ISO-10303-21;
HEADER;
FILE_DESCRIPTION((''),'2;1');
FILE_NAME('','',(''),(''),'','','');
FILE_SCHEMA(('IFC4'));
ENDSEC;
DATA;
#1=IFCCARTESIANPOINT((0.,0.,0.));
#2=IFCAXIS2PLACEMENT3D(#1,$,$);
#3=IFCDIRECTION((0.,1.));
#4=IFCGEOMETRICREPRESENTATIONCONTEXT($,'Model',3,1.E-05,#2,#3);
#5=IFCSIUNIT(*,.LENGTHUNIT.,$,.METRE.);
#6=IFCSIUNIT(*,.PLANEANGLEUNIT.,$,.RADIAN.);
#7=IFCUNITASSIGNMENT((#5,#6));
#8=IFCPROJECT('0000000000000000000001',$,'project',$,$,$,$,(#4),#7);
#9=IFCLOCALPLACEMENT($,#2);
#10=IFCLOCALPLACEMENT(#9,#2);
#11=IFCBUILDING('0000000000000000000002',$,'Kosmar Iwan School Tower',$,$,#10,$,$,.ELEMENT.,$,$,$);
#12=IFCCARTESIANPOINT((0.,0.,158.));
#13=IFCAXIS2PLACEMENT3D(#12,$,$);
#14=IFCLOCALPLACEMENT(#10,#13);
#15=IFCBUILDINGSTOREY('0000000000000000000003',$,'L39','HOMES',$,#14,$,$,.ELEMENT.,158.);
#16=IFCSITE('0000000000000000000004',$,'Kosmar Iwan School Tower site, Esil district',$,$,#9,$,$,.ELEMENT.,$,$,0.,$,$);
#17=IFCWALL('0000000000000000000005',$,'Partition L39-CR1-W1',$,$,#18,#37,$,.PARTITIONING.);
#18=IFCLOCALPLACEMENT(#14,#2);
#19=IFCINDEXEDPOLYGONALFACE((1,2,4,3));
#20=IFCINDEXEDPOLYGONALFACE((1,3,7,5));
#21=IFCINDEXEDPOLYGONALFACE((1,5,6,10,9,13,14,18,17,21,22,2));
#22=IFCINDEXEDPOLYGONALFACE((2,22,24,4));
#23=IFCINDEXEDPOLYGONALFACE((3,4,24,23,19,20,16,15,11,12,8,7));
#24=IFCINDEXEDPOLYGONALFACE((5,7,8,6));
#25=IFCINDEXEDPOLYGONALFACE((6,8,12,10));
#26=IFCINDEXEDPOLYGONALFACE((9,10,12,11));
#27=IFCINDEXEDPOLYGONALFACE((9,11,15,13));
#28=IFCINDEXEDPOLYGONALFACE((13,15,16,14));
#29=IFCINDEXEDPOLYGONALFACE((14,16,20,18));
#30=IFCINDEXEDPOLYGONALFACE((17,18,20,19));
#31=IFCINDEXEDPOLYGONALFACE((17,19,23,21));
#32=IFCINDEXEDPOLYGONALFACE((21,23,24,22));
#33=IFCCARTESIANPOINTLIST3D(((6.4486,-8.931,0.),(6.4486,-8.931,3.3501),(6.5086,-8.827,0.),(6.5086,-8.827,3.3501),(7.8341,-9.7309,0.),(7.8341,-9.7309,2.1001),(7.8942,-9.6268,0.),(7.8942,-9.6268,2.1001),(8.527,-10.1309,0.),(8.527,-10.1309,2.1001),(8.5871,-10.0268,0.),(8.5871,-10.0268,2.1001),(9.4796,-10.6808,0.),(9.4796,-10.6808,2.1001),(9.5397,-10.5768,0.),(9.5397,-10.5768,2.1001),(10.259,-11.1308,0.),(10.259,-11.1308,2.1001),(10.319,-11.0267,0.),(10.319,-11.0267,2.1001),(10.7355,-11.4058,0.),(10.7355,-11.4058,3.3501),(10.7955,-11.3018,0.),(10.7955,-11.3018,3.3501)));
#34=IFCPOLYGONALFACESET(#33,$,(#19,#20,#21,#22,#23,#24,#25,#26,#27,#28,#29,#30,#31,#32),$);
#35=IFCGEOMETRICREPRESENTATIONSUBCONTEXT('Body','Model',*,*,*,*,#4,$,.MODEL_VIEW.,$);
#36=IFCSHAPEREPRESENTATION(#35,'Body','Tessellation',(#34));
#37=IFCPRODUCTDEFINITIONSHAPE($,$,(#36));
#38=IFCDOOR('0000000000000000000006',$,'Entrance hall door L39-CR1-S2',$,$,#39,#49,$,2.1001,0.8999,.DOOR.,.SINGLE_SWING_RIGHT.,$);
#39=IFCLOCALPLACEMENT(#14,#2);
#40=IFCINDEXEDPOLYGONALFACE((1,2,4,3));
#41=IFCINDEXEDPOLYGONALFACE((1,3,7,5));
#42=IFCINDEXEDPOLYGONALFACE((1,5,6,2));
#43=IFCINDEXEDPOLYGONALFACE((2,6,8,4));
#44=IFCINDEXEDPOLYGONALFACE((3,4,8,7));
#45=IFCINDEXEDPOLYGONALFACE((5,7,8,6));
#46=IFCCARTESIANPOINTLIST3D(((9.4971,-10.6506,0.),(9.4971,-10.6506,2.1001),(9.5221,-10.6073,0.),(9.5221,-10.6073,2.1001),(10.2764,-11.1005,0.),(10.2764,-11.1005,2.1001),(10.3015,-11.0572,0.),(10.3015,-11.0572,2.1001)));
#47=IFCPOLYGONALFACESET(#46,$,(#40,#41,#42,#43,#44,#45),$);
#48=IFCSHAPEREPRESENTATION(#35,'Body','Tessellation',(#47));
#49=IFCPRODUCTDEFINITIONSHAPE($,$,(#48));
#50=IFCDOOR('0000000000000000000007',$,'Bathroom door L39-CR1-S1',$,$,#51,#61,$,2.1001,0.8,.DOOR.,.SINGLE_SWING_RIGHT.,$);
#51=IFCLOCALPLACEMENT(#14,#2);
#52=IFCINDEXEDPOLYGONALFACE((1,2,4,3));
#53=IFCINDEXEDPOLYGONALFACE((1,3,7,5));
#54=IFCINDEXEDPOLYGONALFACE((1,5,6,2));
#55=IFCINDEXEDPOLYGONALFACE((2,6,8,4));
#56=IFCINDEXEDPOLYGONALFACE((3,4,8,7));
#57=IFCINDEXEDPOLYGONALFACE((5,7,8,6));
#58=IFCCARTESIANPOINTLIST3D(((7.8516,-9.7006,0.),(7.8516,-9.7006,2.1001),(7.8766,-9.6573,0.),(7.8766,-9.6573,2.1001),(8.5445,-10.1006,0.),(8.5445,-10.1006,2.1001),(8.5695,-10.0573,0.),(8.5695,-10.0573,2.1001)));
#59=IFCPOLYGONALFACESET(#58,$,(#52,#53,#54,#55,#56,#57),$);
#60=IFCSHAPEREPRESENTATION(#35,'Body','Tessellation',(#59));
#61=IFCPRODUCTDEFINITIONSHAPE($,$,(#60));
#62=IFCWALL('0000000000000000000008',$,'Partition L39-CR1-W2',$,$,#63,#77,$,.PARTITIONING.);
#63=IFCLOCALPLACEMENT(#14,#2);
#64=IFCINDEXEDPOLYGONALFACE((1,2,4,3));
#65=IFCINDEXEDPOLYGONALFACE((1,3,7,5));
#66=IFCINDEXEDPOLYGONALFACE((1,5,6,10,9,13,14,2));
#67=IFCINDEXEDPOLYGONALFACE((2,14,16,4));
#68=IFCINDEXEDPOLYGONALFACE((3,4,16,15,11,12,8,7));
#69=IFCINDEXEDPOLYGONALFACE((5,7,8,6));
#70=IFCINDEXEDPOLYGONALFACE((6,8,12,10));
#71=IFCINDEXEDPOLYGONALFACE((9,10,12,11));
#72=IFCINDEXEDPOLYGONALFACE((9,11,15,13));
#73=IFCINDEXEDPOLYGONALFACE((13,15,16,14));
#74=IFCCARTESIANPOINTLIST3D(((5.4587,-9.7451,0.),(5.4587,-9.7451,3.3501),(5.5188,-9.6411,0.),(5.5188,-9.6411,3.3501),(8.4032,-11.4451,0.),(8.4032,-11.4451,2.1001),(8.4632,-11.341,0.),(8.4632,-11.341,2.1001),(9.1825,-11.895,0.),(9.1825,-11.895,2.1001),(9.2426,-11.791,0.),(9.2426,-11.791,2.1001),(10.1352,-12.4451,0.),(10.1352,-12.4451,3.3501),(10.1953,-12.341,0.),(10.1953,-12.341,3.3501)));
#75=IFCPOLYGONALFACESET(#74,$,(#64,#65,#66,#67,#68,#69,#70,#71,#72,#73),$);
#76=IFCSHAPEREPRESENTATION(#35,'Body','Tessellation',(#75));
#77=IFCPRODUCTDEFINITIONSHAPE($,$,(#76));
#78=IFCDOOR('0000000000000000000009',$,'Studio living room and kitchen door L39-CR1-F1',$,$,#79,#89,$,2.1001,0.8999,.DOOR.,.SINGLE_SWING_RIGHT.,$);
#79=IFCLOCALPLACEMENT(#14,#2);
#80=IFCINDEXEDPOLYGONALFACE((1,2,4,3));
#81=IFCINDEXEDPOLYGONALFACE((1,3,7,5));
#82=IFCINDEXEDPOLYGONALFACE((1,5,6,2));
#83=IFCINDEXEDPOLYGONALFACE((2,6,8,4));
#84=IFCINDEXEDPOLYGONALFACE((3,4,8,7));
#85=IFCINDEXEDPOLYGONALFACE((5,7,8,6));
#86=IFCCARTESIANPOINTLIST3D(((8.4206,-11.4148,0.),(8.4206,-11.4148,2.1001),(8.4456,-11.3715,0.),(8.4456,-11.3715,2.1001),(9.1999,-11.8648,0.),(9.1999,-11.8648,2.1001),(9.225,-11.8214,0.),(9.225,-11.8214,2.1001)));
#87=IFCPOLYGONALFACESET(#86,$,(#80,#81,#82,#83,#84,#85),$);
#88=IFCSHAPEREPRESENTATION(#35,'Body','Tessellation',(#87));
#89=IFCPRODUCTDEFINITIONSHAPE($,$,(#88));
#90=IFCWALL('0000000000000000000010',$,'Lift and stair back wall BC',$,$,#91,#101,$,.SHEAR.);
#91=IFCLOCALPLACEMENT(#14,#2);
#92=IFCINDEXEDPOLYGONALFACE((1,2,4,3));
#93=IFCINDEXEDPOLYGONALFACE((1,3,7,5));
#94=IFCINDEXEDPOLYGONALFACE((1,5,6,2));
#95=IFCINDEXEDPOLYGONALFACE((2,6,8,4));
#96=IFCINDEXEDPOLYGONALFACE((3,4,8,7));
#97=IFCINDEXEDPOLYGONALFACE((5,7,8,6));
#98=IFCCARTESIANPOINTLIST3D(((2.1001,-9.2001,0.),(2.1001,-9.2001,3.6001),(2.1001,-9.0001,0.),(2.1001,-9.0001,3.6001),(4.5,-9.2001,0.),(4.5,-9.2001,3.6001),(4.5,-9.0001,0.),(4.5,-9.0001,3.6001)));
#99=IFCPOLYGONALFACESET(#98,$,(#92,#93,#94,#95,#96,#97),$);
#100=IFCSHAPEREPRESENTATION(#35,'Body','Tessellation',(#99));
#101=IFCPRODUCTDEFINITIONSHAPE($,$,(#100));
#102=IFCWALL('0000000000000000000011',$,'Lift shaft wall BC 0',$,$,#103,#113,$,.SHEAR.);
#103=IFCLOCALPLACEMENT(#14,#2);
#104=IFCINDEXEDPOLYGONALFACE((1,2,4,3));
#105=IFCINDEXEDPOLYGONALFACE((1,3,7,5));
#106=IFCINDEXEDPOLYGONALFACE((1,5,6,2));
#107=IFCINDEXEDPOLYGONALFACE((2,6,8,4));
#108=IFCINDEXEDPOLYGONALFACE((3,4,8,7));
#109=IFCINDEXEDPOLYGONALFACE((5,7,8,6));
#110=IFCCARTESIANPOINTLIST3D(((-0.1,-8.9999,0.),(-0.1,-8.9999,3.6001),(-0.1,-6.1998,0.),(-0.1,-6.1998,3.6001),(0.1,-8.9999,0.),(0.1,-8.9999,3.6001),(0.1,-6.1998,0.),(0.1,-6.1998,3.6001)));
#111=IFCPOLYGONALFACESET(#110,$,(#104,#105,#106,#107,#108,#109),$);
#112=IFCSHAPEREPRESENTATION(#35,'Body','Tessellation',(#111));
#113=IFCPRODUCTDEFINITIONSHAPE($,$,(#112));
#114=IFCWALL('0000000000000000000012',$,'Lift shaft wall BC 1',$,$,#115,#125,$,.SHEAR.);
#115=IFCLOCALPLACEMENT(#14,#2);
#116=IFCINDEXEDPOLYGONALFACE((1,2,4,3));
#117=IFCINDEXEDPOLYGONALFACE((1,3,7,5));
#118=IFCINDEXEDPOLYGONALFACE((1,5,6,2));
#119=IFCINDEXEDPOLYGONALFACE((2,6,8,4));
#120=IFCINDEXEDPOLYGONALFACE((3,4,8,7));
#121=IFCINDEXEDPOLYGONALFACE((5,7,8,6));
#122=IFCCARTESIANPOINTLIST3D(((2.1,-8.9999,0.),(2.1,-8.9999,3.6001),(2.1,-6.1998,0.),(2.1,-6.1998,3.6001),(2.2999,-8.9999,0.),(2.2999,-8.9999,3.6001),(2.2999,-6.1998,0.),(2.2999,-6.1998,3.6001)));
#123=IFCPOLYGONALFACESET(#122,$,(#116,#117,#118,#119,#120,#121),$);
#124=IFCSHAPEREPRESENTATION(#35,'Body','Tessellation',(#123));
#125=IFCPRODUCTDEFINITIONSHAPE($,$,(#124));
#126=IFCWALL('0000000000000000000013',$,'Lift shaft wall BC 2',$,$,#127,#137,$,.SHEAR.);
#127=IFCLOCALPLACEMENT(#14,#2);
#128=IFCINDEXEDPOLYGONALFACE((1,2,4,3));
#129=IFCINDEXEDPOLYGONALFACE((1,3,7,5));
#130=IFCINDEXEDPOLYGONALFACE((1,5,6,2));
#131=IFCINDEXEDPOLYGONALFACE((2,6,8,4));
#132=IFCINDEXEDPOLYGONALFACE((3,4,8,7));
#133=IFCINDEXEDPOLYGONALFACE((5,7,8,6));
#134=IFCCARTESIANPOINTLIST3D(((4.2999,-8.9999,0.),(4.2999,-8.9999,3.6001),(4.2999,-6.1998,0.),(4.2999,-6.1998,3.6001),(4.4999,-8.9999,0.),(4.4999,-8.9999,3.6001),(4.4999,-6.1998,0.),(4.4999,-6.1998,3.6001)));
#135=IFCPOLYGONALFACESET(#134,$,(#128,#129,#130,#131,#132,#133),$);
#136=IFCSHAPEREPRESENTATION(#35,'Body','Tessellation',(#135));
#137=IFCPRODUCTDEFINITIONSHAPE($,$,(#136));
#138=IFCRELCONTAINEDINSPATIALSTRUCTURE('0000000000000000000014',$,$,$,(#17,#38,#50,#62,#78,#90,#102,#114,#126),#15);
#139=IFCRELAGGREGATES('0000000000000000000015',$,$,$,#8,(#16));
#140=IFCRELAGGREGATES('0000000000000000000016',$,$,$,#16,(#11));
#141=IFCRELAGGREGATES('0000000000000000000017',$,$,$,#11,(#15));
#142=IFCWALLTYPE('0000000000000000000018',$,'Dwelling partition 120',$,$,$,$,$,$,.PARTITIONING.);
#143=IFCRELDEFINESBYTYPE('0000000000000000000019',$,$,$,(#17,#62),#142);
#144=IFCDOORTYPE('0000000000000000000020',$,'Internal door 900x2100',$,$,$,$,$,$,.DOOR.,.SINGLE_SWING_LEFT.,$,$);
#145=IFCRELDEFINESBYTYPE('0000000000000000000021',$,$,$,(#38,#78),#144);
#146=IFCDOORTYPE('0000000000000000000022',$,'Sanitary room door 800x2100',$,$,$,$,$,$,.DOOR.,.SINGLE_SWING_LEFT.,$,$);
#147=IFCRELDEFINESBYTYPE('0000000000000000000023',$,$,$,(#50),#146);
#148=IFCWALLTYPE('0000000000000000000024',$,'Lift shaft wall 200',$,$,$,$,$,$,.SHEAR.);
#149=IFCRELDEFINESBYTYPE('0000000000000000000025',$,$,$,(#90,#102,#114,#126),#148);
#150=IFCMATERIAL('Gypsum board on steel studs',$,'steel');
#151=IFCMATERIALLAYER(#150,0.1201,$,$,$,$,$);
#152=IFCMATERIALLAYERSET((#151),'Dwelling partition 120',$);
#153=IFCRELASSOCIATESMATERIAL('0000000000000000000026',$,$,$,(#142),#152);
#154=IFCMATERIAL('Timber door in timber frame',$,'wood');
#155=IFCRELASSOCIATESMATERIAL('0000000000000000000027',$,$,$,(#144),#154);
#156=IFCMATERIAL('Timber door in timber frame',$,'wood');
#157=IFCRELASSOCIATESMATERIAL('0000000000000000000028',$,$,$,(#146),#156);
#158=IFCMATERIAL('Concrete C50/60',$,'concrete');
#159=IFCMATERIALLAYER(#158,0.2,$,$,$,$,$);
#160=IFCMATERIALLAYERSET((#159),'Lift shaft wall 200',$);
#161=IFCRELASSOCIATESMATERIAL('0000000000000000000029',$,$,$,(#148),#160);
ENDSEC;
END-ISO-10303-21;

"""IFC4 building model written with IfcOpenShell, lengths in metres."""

from ifc_helpers import new_model, si_unit, direction, frame, frame_2d, origin, place, context, subcontext, project, spatial, rectangle, extrude, material, layer, layer_set, type_object, element, fill, save


model = new_model("IFC4")

# Units and contexts
model_context = context("Model", 3, precision=1e-05, world=origin(), true_north=direction((0.0, 1.0)))
body_context = subcontext(model_context, "Body", "Model", "MODEL_VIEW")
ifc_project = project(units=[si_unit("LENGTHUNIT", "METRE"), si_unit("PLANEANGLEUNIT", "RADIAN")], contexts=[model_context])

# Site, building, storey
site_placement = place(None, origin())
site = spatial("IfcSite", under=ifc_project, at=site_placement, Name="Kosmar Iwan School Tower site, Esil district", CompositionType="ELEMENT", RefElevation=0.0)
building_placement = place(site_placement, origin())
building = spatial("IfcBuilding", under=site, at=building_placement, Name="Kosmar Iwan School Tower", CompositionType="ELEMENT")
storey_placement = place(building_placement, frame((0.0, 0.0, 158.0)))
storey = spatial("IfcBuildingStorey", under=building, at=storey_placement, Name="L39", Description="HOMES", CompositionType="ELEMENT", Elevation=158.0)

# Wall, openings, doors
ifc_material_1 = material(Name="Gypsum board on steel studs", Category="steel")
ifc_layer_1 = layer(ifc_material_1, 0.1201)
ifc_layer_set_1 = layer_set([ifc_layer_1], Name="Dwelling partition 120")
wall_type_1 = type_object("IfcWallType", Name="Dwelling partition 120", PredefinedType="PARTITIONING", material=ifc_layer_set_1)
wall_1_placement = place(storey_placement, frame((6.4785, -8.8789, 0.0), z_axis=(0.0, 0.0, 1.0), x_axis=(0.86604, -0.499974, 0.0)))
wall_1 = element("IfcWall", 1, at=wall_1_placement, inside=storey, type_object=wall_type_1, Name="Partition L39-CR1-W1", PredefinedType="PARTITIONING", context=body_context, shape_type="SweptSolid", body=[
    extrude(rectangle(XDim=4.95, YDim=0.1201, at=frame_2d((2.4751, 0.0))), origin(), (0.0, 0.0, 1.0), 3.3501),
])
opening_1_placement = place(wall_1_placement, frame((1.6001, 0.0, 0.0)))
opening_1 = element("IfcOpeningElement", 2, at=opening_1_placement, cuts=wall_1, PredefinedType="OPENING", context=body_context, shape_type="SweptSolid", body=[
    extrude(rectangle(XDim=0.8, YDim=2.1001, at=frame_2d((0.3999, 1.05))), frame((0.0, 0.072, 0.0), z_axis=(0.0, -1.0, 0.0), x_axis=(1.0, 0.0, 0.0)), (0.0, 0.0, 1.0), 0.144),
])
opening_2_placement = place(wall_1_placement, frame((3.5, 0.0, 0.0)))
opening_2 = element("IfcOpeningElement", 3, at=opening_2_placement, cuts=wall_1, PredefinedType="OPENING", context=body_context, shape_type="SweptSolid", body=[
    extrude(rectangle(XDim=0.8999, YDim=2.1001, at=frame_2d((0.45, 1.05))), frame((0.0, 0.072, 0.0), z_axis=(0.0, -1.0, 0.0), x_axis=(1.0, 0.0, 0.0)), (0.0, 0.0, 1.0), 0.144),
])
ifc_material_2 = material(Name="Timber door in timber frame", Category="wood")
door_type_1 = type_object("IfcDoorType", Name="Internal door 900x2100", OperationType="SINGLE_SWING_LEFT", PredefinedType="DOOR", material=ifc_material_2)
door_1_placement = place(opening_2_placement, origin())
door_1 = element("IfcDoor", 4, at=door_1_placement, inside=storey, type_object=door_type_1, Name="Entrance hall door L39-CR1-S2", OperationType="SINGLE_SWING_RIGHT", OverallHeight=2.1001, OverallWidth=0.8999, PredefinedType="DOOR", context=body_context, shape_type="SweptSolid", body=[
    extrude(rectangle(XDim=0.8999, YDim=2.1001, at=frame_2d((0.45, 1.05))), frame((0.0, 0.0249, 0.0), z_axis=(0.0, -1.0, 0.0), x_axis=(1.0, 0.0, 0.0)), (0.0, 0.0, 1.0), 0.05),
])
fill(opening_2, door_1)
ifc_material_3 = material(Name="Timber door in timber frame", Category="wood")
door_type_2 = type_object("IfcDoorType", Name="Sanitary room door 800x2100", OperationType="SINGLE_SWING_LEFT", PredefinedType="DOOR", material=ifc_material_3)
door_2_placement = place(opening_1_placement, origin())
door_2 = element("IfcDoor", 5, at=door_2_placement, inside=storey, type_object=door_type_2, Name="Bathroom door L39-CR1-S1", OperationType="SINGLE_SWING_RIGHT", OverallHeight=2.1001, OverallWidth=0.8, PredefinedType="DOOR", context=body_context, shape_type="SweptSolid", body=[
    extrude(rectangle(XDim=0.8, YDim=2.1001, at=frame_2d((0.3999, 1.05))), frame((0.0, 0.0249, 0.0), z_axis=(0.0, -1.0, 0.0), x_axis=(1.0, 0.0, 0.0)), (0.0, 0.0, 1.0), 0.05),
])
fill(opening_1, door_2)

# Wall, opening, door
wall_2_placement = place(storey_placement, frame((5.4888, -9.6931, 0.0), z_axis=(0.0, 0.0, 1.0), x_axis=(0.866028, -0.499995, 0.0)))
wall_2 = element("IfcWall", 6, at=wall_2_placement, inside=storey, type_object=wall_type_1, Name="Partition L39-CR1-W2", PredefinedType="PARTITIONING", context=body_context, shape_type="SweptSolid", body=[
    extrude(rectangle(XDim=5.3999, YDim=0.1201, at=frame_2d((2.7, 0.0))), origin(), (0.0, 0.0, 1.0), 3.3501),
])
opening_3_placement = place(wall_2_placement, frame((3.3999, 0.0, 0.0)))
opening_3 = element("IfcOpeningElement", 7, at=opening_3_placement, cuts=wall_2, PredefinedType="OPENING", context=body_context, shape_type="SweptSolid", body=[
    extrude(rectangle(XDim=0.8999, YDim=2.1001, at=frame_2d((0.45, 1.05))), frame((0.0, 0.072, 0.0), z_axis=(0.0, -1.0, 0.0), x_axis=(1.0, 0.0, 0.0)), (0.0, 0.0, 1.0), 0.144),
])
door_3_placement = place(opening_3_placement, origin())
door_3 = element("IfcDoor", 8, at=door_3_placement, inside=storey, type_object=door_type_1, Name="Studio living room and kitchen door L39-CR1-F1", OperationType="SINGLE_SWING_RIGHT", OverallHeight=2.1001, OverallWidth=0.8999, PredefinedType="DOOR", context=body_context, shape_type="SweptSolid", body=[
    extrude(rectangle(XDim=0.8999, YDim=2.1001, at=frame_2d((0.45, 1.05))), frame((0.0, 0.0249, 0.0), z_axis=(0.0, -1.0, 0.0), x_axis=(1.0, 0.0, 0.0)), (0.0, 0.0, 1.0), 0.05),
])
fill(opening_3, door_3)

# Walls
ifc_material_4 = material(Name="Concrete C50/60", Category="concrete")
ifc_layer_2 = layer(ifc_material_4, 0.2)
ifc_layer_set_2 = layer_set([ifc_layer_2], Name="Lift shaft wall 200")
wall_type_2 = type_object("IfcWallType", Name="Lift shaft wall 200", PredefinedType="SHEAR", material=ifc_layer_set_2)
wall_3_placement = place(storey_placement, frame((2.1001, -9.1001, 0.0), z_axis=(0.0, 0.0, 1.0), x_axis=(1.0, 0.0, 0.0)))
element("IfcWall", 9, at=wall_3_placement, inside=storey, type_object=wall_type_2, Name="Lift and stair back wall BC", PredefinedType="SHEAR", context=body_context, shape_type="SweptSolid", body=[
    extrude(rectangle(XDim=2.3999, YDim=0.2, at=frame_2d((1.2, 0.0))), origin(), (0.0, 0.0, 1.0), 3.6001),
])
for number, where, z_axis, x_axis, name in (
    (10, (0.0, -6.2, 0.0), (0.0, 0.0, 1.0), (0.0, -1.0, 0.0), "Lift shaft wall BC 0"),
    (11, (2.2, -6.2, 0.0), (0.0, 0.0, 1.0), (0.0, -1.0, 0.0), "Lift shaft wall BC 1"),
    (12, (4.3999, -6.2, 0.0), (0.0, 0.0, 1.0), (0.0, -1.0, 0.0), "Lift shaft wall BC 2"),
):
    element("IfcWall", number, at=place(storey_placement, frame(where, z_axis=z_axis, x_axis=x_axis)), inside=storey, type_object=wall_type_2, Name=name, PredefinedType="SHEAR", context=body_context, shape_type="SweptSolid", body=[
        extrude(rectangle(XDim=2.8, YDim=0.2, at=frame_2d((1.3999, 0.0))), origin(), (0.0, 0.0, 1.0), 3.6001),
    ])

save(model, "model.ifc")
